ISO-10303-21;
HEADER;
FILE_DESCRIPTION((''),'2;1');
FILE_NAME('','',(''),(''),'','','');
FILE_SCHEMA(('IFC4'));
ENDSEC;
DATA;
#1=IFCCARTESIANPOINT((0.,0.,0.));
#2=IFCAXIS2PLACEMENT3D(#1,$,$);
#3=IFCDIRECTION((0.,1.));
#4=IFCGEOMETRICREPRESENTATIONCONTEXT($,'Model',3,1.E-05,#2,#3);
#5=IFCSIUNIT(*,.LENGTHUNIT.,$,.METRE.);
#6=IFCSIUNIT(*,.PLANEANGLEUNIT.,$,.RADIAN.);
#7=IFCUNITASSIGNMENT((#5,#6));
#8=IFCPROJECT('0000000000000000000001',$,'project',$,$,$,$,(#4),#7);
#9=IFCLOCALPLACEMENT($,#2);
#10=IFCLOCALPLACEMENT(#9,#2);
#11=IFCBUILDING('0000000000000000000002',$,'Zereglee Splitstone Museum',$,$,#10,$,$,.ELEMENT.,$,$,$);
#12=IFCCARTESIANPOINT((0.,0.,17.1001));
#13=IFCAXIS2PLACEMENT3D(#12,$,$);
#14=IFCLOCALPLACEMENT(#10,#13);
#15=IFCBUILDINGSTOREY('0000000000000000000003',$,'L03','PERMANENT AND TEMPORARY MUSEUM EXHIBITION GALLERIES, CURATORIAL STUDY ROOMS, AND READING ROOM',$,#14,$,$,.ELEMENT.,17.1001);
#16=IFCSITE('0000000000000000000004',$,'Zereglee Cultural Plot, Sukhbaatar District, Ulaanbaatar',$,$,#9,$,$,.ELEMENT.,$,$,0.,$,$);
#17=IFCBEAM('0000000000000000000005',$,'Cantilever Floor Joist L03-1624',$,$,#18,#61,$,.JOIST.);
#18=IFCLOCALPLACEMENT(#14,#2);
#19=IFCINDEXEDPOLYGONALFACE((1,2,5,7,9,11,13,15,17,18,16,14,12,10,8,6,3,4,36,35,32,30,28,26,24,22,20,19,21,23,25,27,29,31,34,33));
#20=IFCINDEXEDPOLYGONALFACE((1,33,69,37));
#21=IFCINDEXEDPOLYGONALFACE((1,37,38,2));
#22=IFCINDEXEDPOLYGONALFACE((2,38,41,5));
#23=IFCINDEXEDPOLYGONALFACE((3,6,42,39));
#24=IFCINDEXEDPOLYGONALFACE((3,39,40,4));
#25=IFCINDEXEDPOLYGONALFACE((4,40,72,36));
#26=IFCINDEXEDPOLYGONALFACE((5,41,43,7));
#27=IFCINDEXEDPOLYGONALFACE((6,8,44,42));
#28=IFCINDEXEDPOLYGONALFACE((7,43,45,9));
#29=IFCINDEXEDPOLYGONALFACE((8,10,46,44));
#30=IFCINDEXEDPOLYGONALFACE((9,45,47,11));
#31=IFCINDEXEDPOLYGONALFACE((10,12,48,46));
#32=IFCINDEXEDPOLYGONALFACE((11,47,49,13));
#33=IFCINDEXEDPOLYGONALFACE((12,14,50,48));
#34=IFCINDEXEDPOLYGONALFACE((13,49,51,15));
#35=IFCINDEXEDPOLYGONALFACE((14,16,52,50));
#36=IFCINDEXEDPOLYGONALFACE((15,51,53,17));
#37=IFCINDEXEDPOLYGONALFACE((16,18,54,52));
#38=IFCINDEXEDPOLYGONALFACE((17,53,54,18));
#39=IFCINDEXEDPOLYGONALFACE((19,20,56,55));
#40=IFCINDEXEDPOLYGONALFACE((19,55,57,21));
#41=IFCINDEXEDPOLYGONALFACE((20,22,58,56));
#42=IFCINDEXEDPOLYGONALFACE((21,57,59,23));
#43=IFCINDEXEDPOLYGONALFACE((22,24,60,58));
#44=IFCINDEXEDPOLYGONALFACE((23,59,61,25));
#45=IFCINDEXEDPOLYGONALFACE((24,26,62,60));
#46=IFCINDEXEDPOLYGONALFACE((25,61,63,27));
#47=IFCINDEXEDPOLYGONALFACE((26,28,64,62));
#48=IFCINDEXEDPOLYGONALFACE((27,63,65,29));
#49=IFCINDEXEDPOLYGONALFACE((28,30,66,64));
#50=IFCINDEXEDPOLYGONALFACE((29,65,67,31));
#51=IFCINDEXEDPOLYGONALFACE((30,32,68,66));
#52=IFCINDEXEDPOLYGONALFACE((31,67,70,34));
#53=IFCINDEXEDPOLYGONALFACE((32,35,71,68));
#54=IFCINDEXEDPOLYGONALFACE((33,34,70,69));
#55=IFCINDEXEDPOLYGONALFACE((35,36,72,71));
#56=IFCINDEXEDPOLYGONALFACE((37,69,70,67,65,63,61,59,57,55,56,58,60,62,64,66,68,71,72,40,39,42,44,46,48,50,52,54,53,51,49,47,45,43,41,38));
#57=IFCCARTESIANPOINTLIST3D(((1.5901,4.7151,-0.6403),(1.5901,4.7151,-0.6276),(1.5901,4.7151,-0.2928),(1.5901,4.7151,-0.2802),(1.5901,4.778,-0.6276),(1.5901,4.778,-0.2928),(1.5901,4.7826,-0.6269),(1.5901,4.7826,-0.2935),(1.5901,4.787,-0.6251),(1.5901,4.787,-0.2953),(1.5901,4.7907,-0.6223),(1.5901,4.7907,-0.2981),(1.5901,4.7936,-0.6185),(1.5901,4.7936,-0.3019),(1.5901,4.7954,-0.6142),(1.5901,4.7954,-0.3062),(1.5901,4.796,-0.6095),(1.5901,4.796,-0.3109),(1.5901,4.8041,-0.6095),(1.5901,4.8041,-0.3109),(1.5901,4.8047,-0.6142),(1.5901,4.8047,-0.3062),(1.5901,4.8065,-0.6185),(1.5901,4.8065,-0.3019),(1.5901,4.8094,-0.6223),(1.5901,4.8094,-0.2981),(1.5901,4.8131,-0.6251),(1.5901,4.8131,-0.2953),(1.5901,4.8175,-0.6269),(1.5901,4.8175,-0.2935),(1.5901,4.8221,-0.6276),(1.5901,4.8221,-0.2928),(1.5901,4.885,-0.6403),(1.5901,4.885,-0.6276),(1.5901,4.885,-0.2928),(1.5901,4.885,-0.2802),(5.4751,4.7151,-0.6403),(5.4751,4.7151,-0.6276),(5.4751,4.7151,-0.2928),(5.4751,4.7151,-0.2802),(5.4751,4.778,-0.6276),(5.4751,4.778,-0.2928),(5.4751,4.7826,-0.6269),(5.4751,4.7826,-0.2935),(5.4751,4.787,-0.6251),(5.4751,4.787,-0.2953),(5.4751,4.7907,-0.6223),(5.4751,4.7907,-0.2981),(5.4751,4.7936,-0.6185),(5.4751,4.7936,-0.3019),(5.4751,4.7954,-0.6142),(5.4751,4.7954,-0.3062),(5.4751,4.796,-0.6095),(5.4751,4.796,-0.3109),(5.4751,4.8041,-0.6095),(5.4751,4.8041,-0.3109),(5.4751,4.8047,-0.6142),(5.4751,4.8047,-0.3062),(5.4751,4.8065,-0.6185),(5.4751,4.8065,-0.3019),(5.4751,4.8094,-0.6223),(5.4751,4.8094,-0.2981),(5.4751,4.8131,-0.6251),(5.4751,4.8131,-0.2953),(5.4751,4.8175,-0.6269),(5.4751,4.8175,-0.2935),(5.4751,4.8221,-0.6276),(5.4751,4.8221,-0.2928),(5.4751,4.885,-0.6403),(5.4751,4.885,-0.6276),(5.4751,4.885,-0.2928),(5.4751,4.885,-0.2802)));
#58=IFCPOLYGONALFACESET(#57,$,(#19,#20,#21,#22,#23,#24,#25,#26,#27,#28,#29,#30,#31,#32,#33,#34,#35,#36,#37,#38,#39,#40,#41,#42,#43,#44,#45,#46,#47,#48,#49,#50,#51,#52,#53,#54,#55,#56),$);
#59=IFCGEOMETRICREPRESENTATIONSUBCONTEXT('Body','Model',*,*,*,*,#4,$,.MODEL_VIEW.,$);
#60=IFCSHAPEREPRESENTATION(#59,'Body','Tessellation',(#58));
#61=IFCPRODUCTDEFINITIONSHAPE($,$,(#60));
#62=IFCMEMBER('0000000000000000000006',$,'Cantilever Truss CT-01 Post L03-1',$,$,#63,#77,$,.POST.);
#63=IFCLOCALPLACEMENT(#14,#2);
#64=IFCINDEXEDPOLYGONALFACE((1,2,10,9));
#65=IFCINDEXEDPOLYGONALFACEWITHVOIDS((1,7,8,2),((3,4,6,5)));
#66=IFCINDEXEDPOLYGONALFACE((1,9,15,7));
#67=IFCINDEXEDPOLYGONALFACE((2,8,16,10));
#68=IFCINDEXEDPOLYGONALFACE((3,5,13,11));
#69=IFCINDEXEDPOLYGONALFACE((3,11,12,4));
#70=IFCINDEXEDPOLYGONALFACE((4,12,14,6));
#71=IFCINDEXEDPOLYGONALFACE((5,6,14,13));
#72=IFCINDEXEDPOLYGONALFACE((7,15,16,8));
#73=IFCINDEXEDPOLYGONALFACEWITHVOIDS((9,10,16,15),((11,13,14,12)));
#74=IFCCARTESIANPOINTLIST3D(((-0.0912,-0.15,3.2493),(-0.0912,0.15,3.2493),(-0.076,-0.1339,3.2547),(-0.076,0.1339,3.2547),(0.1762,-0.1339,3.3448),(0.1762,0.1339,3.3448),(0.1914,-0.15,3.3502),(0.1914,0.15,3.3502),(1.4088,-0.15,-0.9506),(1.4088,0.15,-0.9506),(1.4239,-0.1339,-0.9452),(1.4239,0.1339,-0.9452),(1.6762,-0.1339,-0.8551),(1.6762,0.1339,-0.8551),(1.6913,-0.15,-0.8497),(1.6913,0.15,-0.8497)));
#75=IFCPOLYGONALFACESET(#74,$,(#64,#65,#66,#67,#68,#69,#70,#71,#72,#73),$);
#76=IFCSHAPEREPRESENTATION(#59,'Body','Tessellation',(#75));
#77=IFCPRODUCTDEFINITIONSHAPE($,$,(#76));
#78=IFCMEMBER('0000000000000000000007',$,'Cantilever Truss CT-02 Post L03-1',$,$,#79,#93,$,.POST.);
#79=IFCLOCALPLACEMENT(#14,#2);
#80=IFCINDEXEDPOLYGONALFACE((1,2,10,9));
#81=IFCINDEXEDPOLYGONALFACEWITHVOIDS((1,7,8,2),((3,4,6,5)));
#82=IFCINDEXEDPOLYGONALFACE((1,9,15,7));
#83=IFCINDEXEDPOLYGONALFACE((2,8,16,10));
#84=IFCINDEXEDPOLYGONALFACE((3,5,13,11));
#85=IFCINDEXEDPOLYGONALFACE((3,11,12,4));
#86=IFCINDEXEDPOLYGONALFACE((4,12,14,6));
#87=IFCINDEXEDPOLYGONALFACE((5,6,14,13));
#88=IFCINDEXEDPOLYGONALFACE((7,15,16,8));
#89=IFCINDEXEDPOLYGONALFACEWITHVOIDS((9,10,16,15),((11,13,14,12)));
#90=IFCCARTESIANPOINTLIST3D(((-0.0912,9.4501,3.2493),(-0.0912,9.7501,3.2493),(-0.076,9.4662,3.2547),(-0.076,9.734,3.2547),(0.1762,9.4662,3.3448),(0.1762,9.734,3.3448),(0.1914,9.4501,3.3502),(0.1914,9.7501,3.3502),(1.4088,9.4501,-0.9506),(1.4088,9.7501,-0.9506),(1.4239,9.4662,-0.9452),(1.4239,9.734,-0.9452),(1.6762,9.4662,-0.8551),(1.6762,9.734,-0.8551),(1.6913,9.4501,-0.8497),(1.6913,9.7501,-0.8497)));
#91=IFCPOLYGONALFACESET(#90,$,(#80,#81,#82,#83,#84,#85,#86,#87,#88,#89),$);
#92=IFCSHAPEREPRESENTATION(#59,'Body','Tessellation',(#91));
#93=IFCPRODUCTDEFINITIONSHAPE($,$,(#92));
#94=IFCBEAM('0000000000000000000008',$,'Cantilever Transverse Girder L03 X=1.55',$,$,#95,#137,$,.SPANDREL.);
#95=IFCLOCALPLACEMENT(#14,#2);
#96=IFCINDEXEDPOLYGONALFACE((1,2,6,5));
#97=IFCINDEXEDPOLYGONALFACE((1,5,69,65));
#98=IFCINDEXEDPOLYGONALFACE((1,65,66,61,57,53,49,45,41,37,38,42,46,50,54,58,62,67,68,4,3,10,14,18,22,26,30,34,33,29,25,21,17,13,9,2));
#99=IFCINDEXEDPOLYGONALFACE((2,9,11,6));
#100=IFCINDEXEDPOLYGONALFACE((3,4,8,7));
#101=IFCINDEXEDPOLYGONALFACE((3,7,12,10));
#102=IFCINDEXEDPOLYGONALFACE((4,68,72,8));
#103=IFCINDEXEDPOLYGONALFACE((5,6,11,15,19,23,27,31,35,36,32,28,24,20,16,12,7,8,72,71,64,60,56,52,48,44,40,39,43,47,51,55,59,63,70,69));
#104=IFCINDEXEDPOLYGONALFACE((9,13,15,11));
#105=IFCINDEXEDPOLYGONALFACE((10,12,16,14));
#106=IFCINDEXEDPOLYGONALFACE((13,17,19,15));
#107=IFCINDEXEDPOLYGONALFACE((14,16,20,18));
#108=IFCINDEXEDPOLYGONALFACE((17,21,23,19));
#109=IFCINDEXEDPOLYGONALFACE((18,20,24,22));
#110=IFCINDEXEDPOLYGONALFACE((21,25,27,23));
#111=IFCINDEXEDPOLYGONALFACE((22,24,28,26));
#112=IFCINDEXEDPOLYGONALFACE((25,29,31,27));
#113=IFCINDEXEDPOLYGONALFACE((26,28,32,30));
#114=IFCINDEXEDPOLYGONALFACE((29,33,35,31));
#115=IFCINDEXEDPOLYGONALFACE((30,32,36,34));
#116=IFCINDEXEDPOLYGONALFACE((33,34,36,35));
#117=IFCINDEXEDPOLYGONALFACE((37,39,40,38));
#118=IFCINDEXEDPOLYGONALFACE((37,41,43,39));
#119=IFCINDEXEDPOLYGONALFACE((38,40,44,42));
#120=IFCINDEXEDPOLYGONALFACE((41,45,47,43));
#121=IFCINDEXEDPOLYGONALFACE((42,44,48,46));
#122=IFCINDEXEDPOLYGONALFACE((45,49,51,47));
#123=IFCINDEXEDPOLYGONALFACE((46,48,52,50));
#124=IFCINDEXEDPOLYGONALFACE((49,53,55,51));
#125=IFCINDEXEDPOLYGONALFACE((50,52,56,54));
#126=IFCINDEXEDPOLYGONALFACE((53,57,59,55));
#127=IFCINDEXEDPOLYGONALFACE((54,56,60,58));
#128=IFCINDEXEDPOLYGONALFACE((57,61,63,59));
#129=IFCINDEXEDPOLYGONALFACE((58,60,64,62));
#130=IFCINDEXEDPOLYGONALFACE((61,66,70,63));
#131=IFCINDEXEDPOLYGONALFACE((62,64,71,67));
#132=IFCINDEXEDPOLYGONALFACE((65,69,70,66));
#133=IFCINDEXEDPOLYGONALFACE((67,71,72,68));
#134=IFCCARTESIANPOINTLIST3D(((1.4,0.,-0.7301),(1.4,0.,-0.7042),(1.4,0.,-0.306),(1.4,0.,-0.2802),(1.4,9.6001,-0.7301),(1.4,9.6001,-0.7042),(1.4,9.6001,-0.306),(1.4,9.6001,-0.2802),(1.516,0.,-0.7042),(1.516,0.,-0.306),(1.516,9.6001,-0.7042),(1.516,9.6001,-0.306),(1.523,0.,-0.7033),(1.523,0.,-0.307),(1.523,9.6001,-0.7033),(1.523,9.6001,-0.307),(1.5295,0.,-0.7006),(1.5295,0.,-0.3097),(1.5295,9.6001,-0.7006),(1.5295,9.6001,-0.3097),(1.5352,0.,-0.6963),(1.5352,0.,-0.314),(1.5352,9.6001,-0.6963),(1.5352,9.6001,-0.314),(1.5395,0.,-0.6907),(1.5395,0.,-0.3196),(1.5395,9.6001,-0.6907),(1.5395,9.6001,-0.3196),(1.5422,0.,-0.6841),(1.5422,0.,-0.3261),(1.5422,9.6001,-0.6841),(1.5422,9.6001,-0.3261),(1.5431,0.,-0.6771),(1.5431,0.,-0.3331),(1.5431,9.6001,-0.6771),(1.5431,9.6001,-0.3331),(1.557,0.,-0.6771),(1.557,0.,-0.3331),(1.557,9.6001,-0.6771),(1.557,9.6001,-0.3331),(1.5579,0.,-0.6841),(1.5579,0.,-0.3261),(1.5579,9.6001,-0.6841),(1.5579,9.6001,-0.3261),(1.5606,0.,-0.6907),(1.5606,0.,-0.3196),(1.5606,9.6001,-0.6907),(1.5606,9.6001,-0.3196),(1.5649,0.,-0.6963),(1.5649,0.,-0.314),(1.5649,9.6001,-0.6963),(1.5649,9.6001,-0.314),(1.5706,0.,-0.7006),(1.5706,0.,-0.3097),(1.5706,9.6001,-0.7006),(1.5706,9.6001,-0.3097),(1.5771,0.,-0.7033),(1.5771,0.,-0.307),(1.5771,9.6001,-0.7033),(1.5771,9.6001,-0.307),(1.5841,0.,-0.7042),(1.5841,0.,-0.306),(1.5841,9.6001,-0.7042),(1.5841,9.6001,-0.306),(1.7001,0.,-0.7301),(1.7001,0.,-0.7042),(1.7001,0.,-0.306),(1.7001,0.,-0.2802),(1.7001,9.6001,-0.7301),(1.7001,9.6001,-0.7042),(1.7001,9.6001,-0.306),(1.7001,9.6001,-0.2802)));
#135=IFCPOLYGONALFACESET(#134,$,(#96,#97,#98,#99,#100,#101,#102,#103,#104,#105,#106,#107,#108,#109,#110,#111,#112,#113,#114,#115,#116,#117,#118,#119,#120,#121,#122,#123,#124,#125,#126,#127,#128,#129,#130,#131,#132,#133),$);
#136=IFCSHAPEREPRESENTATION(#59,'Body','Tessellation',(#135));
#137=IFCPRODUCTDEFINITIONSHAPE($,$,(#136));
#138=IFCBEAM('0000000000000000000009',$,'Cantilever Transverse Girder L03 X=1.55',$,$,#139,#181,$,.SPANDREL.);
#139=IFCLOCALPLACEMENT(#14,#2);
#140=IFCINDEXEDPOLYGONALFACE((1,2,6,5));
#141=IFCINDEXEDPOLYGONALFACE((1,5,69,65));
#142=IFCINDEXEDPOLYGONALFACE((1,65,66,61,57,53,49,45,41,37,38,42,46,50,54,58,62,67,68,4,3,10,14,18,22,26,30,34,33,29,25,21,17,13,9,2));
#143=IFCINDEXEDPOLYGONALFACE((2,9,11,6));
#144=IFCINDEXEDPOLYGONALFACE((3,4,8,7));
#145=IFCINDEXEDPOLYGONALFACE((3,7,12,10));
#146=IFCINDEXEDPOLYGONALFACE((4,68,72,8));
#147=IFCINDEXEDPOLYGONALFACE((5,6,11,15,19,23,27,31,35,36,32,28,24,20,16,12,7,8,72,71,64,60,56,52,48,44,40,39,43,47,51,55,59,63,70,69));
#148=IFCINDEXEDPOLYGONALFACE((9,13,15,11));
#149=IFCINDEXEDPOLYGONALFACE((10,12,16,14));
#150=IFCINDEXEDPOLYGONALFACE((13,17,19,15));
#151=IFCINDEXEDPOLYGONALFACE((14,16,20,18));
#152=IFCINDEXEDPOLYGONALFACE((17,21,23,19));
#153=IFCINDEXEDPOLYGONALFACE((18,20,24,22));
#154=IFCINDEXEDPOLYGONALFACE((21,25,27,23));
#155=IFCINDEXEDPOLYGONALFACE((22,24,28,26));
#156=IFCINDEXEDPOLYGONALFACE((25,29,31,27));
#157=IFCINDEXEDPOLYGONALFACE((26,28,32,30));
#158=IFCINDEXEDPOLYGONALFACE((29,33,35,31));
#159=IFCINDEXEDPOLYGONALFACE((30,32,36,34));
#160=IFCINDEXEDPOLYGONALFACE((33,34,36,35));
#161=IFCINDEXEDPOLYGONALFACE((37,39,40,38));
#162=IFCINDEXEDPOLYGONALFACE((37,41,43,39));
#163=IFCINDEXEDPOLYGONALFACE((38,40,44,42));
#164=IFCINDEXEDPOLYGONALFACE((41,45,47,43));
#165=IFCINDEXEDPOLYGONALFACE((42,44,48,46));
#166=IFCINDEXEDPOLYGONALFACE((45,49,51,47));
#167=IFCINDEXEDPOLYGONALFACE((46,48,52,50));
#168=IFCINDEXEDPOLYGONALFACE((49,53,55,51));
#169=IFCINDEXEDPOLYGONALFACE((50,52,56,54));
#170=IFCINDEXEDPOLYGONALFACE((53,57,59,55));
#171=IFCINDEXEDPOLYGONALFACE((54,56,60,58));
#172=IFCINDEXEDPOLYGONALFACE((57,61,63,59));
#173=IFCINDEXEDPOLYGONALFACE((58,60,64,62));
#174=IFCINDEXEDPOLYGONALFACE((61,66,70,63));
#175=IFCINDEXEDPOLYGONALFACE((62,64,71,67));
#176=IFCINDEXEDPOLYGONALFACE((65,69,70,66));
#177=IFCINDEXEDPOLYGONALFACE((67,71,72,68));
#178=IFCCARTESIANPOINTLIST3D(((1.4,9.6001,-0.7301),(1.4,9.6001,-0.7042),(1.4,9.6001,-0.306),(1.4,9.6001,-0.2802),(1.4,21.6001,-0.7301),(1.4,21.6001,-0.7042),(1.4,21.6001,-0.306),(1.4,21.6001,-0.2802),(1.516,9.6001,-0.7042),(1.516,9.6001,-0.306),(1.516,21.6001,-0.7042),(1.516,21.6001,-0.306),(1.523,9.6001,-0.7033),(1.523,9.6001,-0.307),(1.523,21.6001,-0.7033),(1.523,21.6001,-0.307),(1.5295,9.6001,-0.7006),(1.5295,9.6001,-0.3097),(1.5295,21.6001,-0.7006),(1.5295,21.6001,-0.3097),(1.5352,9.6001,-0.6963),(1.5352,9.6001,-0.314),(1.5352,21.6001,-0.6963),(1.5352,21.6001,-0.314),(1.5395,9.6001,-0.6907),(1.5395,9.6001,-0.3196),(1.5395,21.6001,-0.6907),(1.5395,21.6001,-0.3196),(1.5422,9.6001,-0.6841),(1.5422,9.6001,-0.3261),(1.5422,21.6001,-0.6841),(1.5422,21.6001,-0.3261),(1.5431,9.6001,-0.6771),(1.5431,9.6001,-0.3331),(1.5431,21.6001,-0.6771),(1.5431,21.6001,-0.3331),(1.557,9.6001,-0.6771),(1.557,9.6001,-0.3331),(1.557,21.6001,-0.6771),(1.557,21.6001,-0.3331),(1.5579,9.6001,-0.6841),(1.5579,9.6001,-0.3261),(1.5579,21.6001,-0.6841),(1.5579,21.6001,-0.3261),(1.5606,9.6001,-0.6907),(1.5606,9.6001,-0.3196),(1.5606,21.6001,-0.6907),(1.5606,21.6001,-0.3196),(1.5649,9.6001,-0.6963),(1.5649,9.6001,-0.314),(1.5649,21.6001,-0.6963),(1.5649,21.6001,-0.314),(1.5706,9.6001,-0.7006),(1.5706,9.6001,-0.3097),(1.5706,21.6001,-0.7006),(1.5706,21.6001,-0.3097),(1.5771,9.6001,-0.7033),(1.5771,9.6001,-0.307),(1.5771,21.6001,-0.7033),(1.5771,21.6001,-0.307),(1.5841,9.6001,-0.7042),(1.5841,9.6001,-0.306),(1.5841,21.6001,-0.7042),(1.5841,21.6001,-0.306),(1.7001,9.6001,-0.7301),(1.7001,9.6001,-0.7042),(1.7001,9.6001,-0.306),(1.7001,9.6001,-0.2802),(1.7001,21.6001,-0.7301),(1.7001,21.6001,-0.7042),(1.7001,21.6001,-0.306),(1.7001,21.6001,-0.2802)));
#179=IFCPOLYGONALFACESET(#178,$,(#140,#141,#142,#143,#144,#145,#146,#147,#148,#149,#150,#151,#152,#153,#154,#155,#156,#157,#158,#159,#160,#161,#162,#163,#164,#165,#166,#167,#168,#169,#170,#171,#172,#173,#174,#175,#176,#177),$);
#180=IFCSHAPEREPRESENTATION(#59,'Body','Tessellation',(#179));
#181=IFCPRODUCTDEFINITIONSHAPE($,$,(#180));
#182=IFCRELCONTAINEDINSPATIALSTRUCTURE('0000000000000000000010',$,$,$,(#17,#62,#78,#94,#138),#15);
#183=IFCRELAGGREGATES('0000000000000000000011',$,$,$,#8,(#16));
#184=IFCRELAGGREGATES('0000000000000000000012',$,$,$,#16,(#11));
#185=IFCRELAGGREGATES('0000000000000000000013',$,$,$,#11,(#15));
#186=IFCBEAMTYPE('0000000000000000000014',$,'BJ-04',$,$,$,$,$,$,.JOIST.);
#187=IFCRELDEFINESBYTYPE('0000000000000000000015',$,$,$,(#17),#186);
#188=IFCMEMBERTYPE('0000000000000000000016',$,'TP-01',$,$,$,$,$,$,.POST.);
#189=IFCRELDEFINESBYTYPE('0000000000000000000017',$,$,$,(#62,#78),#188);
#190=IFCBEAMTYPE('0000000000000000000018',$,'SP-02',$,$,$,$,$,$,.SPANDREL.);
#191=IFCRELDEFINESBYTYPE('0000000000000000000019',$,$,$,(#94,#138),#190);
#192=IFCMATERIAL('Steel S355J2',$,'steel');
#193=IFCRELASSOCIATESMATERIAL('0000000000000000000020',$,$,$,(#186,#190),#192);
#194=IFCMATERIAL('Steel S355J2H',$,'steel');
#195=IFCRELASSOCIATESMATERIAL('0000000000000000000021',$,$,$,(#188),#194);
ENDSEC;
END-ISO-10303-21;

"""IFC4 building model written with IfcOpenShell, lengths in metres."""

from ifc_helpers import new_model, si_unit, direction, frame, origin, origin_2d, place, context, subcontext, project, spatial, hollow_rectangle, i_section, extrude, material, material_profile, profile_set, type_object, element, save


model = new_model("IFC4")

# Units and contexts
model_context = context("Model", 3, precision=1e-05, world=origin(), true_north=direction((0.0, 1.0)))
body_context = subcontext(model_context, "Body", "Model", "MODEL_VIEW")
ifc_project = project(units=[si_unit("LENGTHUNIT", "METRE"), si_unit("PLANEANGLEUNIT", "RADIAN")], contexts=[model_context])

# Site, building, storey
site_placement = place(None, origin())
site = spatial("IfcSite", under=ifc_project, at=site_placement, Name="Zereglee Cultural Plot, Sukhbaatar District, Ulaanbaatar", CompositionType="ELEMENT", RefElevation=0.0)
building_placement = place(site_placement, origin())
building = spatial("IfcBuilding", under=site, at=building_placement, Name="Zereglee Splitstone Museum", CompositionType="ELEMENT")
storey_placement = place(building_placement, frame((0.0, 0.0, 17.1001)))
storey = spatial("IfcBuildingStorey", under=building, at=storey_placement, Name="L03", Description="PERMANENT AND TEMPORARY MUSEUM EXHIBITION GALLERIES, CURATORIAL STUDY ROOMS, AND READING ROOM", CompositionType="ELEMENT", Elevation=17.1001)

# Shared definitions
ifc_material_1 = material(Name="Steel S355J2H", Category="steel")
ifc_material_2 = material(Name="Steel S355J2", Category="steel")

# Beam
ifc_material_profile_1 = material_profile(ifc_material_2, i_section(OverallWidth=0.1699, OverallDepth=0.3601, WebThickness=0.0081, FlangeThickness=0.0127, FilletRadius=0.0181, at=origin_2d()), Name="IPE 360")
ifc_profile_set_1 = profile_set([ifc_material_profile_1], Name="Steel S355J2")
beam_type_1 = type_object("IfcBeamType", Name="BJ-04", PredefinedType="JOIST", material=ifc_profile_set_1)
beam_1_placement = place(storey_placement, frame((1.5901, 4.8, -0.4602), z_axis=(1.0, 0.0, 0.0), x_axis=(0.0, 1.0, 0.0)))
element("IfcBeam", 1, at=beam_1_placement, inside=storey, type_object=beam_type_1, Name="Cantilever Floor Joist L03-1624", PredefinedType="JOIST", context=body_context, shape_type="SweptSolid", body=[
    extrude(i_section(OverallWidth=0.1699, OverallDepth=0.3601, WebThickness=0.0081, FlangeThickness=0.0127, FilletRadius=0.0181, at=origin_2d()), origin(), (0.0, 0.0, 1.0), 3.885),
])

# Members
ifc_material_profile_2 = material_profile(ifc_material_1, hollow_rectangle(XDim=0.3, YDim=0.3, WallThickness=0.0161, at=origin_2d()), Name="SHS 300x300x16")
ifc_profile_set_2 = profile_set([ifc_material_profile_2], Name="Steel S355J2H")
member_type_1 = type_object("IfcMemberType", Name="TP-01", PredefinedType="POST", material=ifc_profile_set_2)
for number, where, z_axis, x_axis, name in (
    (2, (1.55, 0.0, -0.9001), (-0.33634, 0.0, 0.941741), (0.0, -1.0, 0.0), "Cantilever Truss CT-01 Post L03-1"),
    (3, (1.55, 9.6001, -0.9001), (-0.33634, 0.0, 0.941741), (0.0, -1.0, 0.0), "Cantilever Truss CT-02 Post L03-1"),
):
    element("IfcMember", number, at=place(storey_placement, frame(where, z_axis=z_axis, x_axis=x_axis)), inside=storey, type_object=member_type_1, Name=name, PredefinedType="POST", context=body_context, shape_type="SweptSolid", body=[
        extrude(hollow_rectangle(XDim=0.3, YDim=0.3, WallThickness=0.0161, at=origin_2d()), origin(), (0.0, 0.0, 1.0), 4.4597),
    ])

# Beams
ifc_material_profile_3 = material_profile(ifc_material_2, i_section(OverallWidth=0.3, OverallDepth=0.45, WebThickness=0.0139, FlangeThickness=0.0259, FilletRadius=0.0271, at=origin_2d()), Name="HE 450 B")
ifc_profile_set_3 = profile_set([ifc_material_profile_3], Name="Steel S355J2")
beam_type_2 = type_object("IfcBeamType", Name="SP-02", PredefinedType="SPANDREL", material=ifc_profile_set_3)
beam_2_placement = place(storey_placement, frame((1.55, 0.0, -0.5051), z_axis=(0.0, 1.0, 0.0), x_axis=(-1.0, 0.0, 0.0)))
element("IfcBeam", 4, at=beam_2_placement, inside=storey, type_object=beam_type_2, Name="Cantilever Transverse Girder L03 X=1.55", PredefinedType="SPANDREL", context=body_context, shape_type="SweptSolid", body=[
    extrude(i_section(OverallWidth=0.3, OverallDepth=0.45, WebThickness=0.0139, FlangeThickness=0.0259, FilletRadius=0.0271, at=origin_2d()), origin(), (0.0, 0.0, 1.0), 9.6001),
])
beam_3_placement = place(storey_placement, frame((1.55, 9.6001, -0.5051), z_axis=(0.0, 1.0, 0.0), x_axis=(-1.0, 0.0, 0.0)))
element("IfcBeam", 5, at=beam_3_placement, inside=storey, type_object=beam_type_2, Name="Cantilever Transverse Girder L03 X=1.55", PredefinedType="SPANDREL", context=body_context, shape_type="SweptSolid", body=[
    extrude(i_section(OverallWidth=0.3, OverallDepth=0.45, WebThickness=0.0139, FlangeThickness=0.0259, FilletRadius=0.0271, at=origin_2d()), origin(), (0.0, 0.0, 1.0), 12.0),
])

save(model, "model.ifc")
